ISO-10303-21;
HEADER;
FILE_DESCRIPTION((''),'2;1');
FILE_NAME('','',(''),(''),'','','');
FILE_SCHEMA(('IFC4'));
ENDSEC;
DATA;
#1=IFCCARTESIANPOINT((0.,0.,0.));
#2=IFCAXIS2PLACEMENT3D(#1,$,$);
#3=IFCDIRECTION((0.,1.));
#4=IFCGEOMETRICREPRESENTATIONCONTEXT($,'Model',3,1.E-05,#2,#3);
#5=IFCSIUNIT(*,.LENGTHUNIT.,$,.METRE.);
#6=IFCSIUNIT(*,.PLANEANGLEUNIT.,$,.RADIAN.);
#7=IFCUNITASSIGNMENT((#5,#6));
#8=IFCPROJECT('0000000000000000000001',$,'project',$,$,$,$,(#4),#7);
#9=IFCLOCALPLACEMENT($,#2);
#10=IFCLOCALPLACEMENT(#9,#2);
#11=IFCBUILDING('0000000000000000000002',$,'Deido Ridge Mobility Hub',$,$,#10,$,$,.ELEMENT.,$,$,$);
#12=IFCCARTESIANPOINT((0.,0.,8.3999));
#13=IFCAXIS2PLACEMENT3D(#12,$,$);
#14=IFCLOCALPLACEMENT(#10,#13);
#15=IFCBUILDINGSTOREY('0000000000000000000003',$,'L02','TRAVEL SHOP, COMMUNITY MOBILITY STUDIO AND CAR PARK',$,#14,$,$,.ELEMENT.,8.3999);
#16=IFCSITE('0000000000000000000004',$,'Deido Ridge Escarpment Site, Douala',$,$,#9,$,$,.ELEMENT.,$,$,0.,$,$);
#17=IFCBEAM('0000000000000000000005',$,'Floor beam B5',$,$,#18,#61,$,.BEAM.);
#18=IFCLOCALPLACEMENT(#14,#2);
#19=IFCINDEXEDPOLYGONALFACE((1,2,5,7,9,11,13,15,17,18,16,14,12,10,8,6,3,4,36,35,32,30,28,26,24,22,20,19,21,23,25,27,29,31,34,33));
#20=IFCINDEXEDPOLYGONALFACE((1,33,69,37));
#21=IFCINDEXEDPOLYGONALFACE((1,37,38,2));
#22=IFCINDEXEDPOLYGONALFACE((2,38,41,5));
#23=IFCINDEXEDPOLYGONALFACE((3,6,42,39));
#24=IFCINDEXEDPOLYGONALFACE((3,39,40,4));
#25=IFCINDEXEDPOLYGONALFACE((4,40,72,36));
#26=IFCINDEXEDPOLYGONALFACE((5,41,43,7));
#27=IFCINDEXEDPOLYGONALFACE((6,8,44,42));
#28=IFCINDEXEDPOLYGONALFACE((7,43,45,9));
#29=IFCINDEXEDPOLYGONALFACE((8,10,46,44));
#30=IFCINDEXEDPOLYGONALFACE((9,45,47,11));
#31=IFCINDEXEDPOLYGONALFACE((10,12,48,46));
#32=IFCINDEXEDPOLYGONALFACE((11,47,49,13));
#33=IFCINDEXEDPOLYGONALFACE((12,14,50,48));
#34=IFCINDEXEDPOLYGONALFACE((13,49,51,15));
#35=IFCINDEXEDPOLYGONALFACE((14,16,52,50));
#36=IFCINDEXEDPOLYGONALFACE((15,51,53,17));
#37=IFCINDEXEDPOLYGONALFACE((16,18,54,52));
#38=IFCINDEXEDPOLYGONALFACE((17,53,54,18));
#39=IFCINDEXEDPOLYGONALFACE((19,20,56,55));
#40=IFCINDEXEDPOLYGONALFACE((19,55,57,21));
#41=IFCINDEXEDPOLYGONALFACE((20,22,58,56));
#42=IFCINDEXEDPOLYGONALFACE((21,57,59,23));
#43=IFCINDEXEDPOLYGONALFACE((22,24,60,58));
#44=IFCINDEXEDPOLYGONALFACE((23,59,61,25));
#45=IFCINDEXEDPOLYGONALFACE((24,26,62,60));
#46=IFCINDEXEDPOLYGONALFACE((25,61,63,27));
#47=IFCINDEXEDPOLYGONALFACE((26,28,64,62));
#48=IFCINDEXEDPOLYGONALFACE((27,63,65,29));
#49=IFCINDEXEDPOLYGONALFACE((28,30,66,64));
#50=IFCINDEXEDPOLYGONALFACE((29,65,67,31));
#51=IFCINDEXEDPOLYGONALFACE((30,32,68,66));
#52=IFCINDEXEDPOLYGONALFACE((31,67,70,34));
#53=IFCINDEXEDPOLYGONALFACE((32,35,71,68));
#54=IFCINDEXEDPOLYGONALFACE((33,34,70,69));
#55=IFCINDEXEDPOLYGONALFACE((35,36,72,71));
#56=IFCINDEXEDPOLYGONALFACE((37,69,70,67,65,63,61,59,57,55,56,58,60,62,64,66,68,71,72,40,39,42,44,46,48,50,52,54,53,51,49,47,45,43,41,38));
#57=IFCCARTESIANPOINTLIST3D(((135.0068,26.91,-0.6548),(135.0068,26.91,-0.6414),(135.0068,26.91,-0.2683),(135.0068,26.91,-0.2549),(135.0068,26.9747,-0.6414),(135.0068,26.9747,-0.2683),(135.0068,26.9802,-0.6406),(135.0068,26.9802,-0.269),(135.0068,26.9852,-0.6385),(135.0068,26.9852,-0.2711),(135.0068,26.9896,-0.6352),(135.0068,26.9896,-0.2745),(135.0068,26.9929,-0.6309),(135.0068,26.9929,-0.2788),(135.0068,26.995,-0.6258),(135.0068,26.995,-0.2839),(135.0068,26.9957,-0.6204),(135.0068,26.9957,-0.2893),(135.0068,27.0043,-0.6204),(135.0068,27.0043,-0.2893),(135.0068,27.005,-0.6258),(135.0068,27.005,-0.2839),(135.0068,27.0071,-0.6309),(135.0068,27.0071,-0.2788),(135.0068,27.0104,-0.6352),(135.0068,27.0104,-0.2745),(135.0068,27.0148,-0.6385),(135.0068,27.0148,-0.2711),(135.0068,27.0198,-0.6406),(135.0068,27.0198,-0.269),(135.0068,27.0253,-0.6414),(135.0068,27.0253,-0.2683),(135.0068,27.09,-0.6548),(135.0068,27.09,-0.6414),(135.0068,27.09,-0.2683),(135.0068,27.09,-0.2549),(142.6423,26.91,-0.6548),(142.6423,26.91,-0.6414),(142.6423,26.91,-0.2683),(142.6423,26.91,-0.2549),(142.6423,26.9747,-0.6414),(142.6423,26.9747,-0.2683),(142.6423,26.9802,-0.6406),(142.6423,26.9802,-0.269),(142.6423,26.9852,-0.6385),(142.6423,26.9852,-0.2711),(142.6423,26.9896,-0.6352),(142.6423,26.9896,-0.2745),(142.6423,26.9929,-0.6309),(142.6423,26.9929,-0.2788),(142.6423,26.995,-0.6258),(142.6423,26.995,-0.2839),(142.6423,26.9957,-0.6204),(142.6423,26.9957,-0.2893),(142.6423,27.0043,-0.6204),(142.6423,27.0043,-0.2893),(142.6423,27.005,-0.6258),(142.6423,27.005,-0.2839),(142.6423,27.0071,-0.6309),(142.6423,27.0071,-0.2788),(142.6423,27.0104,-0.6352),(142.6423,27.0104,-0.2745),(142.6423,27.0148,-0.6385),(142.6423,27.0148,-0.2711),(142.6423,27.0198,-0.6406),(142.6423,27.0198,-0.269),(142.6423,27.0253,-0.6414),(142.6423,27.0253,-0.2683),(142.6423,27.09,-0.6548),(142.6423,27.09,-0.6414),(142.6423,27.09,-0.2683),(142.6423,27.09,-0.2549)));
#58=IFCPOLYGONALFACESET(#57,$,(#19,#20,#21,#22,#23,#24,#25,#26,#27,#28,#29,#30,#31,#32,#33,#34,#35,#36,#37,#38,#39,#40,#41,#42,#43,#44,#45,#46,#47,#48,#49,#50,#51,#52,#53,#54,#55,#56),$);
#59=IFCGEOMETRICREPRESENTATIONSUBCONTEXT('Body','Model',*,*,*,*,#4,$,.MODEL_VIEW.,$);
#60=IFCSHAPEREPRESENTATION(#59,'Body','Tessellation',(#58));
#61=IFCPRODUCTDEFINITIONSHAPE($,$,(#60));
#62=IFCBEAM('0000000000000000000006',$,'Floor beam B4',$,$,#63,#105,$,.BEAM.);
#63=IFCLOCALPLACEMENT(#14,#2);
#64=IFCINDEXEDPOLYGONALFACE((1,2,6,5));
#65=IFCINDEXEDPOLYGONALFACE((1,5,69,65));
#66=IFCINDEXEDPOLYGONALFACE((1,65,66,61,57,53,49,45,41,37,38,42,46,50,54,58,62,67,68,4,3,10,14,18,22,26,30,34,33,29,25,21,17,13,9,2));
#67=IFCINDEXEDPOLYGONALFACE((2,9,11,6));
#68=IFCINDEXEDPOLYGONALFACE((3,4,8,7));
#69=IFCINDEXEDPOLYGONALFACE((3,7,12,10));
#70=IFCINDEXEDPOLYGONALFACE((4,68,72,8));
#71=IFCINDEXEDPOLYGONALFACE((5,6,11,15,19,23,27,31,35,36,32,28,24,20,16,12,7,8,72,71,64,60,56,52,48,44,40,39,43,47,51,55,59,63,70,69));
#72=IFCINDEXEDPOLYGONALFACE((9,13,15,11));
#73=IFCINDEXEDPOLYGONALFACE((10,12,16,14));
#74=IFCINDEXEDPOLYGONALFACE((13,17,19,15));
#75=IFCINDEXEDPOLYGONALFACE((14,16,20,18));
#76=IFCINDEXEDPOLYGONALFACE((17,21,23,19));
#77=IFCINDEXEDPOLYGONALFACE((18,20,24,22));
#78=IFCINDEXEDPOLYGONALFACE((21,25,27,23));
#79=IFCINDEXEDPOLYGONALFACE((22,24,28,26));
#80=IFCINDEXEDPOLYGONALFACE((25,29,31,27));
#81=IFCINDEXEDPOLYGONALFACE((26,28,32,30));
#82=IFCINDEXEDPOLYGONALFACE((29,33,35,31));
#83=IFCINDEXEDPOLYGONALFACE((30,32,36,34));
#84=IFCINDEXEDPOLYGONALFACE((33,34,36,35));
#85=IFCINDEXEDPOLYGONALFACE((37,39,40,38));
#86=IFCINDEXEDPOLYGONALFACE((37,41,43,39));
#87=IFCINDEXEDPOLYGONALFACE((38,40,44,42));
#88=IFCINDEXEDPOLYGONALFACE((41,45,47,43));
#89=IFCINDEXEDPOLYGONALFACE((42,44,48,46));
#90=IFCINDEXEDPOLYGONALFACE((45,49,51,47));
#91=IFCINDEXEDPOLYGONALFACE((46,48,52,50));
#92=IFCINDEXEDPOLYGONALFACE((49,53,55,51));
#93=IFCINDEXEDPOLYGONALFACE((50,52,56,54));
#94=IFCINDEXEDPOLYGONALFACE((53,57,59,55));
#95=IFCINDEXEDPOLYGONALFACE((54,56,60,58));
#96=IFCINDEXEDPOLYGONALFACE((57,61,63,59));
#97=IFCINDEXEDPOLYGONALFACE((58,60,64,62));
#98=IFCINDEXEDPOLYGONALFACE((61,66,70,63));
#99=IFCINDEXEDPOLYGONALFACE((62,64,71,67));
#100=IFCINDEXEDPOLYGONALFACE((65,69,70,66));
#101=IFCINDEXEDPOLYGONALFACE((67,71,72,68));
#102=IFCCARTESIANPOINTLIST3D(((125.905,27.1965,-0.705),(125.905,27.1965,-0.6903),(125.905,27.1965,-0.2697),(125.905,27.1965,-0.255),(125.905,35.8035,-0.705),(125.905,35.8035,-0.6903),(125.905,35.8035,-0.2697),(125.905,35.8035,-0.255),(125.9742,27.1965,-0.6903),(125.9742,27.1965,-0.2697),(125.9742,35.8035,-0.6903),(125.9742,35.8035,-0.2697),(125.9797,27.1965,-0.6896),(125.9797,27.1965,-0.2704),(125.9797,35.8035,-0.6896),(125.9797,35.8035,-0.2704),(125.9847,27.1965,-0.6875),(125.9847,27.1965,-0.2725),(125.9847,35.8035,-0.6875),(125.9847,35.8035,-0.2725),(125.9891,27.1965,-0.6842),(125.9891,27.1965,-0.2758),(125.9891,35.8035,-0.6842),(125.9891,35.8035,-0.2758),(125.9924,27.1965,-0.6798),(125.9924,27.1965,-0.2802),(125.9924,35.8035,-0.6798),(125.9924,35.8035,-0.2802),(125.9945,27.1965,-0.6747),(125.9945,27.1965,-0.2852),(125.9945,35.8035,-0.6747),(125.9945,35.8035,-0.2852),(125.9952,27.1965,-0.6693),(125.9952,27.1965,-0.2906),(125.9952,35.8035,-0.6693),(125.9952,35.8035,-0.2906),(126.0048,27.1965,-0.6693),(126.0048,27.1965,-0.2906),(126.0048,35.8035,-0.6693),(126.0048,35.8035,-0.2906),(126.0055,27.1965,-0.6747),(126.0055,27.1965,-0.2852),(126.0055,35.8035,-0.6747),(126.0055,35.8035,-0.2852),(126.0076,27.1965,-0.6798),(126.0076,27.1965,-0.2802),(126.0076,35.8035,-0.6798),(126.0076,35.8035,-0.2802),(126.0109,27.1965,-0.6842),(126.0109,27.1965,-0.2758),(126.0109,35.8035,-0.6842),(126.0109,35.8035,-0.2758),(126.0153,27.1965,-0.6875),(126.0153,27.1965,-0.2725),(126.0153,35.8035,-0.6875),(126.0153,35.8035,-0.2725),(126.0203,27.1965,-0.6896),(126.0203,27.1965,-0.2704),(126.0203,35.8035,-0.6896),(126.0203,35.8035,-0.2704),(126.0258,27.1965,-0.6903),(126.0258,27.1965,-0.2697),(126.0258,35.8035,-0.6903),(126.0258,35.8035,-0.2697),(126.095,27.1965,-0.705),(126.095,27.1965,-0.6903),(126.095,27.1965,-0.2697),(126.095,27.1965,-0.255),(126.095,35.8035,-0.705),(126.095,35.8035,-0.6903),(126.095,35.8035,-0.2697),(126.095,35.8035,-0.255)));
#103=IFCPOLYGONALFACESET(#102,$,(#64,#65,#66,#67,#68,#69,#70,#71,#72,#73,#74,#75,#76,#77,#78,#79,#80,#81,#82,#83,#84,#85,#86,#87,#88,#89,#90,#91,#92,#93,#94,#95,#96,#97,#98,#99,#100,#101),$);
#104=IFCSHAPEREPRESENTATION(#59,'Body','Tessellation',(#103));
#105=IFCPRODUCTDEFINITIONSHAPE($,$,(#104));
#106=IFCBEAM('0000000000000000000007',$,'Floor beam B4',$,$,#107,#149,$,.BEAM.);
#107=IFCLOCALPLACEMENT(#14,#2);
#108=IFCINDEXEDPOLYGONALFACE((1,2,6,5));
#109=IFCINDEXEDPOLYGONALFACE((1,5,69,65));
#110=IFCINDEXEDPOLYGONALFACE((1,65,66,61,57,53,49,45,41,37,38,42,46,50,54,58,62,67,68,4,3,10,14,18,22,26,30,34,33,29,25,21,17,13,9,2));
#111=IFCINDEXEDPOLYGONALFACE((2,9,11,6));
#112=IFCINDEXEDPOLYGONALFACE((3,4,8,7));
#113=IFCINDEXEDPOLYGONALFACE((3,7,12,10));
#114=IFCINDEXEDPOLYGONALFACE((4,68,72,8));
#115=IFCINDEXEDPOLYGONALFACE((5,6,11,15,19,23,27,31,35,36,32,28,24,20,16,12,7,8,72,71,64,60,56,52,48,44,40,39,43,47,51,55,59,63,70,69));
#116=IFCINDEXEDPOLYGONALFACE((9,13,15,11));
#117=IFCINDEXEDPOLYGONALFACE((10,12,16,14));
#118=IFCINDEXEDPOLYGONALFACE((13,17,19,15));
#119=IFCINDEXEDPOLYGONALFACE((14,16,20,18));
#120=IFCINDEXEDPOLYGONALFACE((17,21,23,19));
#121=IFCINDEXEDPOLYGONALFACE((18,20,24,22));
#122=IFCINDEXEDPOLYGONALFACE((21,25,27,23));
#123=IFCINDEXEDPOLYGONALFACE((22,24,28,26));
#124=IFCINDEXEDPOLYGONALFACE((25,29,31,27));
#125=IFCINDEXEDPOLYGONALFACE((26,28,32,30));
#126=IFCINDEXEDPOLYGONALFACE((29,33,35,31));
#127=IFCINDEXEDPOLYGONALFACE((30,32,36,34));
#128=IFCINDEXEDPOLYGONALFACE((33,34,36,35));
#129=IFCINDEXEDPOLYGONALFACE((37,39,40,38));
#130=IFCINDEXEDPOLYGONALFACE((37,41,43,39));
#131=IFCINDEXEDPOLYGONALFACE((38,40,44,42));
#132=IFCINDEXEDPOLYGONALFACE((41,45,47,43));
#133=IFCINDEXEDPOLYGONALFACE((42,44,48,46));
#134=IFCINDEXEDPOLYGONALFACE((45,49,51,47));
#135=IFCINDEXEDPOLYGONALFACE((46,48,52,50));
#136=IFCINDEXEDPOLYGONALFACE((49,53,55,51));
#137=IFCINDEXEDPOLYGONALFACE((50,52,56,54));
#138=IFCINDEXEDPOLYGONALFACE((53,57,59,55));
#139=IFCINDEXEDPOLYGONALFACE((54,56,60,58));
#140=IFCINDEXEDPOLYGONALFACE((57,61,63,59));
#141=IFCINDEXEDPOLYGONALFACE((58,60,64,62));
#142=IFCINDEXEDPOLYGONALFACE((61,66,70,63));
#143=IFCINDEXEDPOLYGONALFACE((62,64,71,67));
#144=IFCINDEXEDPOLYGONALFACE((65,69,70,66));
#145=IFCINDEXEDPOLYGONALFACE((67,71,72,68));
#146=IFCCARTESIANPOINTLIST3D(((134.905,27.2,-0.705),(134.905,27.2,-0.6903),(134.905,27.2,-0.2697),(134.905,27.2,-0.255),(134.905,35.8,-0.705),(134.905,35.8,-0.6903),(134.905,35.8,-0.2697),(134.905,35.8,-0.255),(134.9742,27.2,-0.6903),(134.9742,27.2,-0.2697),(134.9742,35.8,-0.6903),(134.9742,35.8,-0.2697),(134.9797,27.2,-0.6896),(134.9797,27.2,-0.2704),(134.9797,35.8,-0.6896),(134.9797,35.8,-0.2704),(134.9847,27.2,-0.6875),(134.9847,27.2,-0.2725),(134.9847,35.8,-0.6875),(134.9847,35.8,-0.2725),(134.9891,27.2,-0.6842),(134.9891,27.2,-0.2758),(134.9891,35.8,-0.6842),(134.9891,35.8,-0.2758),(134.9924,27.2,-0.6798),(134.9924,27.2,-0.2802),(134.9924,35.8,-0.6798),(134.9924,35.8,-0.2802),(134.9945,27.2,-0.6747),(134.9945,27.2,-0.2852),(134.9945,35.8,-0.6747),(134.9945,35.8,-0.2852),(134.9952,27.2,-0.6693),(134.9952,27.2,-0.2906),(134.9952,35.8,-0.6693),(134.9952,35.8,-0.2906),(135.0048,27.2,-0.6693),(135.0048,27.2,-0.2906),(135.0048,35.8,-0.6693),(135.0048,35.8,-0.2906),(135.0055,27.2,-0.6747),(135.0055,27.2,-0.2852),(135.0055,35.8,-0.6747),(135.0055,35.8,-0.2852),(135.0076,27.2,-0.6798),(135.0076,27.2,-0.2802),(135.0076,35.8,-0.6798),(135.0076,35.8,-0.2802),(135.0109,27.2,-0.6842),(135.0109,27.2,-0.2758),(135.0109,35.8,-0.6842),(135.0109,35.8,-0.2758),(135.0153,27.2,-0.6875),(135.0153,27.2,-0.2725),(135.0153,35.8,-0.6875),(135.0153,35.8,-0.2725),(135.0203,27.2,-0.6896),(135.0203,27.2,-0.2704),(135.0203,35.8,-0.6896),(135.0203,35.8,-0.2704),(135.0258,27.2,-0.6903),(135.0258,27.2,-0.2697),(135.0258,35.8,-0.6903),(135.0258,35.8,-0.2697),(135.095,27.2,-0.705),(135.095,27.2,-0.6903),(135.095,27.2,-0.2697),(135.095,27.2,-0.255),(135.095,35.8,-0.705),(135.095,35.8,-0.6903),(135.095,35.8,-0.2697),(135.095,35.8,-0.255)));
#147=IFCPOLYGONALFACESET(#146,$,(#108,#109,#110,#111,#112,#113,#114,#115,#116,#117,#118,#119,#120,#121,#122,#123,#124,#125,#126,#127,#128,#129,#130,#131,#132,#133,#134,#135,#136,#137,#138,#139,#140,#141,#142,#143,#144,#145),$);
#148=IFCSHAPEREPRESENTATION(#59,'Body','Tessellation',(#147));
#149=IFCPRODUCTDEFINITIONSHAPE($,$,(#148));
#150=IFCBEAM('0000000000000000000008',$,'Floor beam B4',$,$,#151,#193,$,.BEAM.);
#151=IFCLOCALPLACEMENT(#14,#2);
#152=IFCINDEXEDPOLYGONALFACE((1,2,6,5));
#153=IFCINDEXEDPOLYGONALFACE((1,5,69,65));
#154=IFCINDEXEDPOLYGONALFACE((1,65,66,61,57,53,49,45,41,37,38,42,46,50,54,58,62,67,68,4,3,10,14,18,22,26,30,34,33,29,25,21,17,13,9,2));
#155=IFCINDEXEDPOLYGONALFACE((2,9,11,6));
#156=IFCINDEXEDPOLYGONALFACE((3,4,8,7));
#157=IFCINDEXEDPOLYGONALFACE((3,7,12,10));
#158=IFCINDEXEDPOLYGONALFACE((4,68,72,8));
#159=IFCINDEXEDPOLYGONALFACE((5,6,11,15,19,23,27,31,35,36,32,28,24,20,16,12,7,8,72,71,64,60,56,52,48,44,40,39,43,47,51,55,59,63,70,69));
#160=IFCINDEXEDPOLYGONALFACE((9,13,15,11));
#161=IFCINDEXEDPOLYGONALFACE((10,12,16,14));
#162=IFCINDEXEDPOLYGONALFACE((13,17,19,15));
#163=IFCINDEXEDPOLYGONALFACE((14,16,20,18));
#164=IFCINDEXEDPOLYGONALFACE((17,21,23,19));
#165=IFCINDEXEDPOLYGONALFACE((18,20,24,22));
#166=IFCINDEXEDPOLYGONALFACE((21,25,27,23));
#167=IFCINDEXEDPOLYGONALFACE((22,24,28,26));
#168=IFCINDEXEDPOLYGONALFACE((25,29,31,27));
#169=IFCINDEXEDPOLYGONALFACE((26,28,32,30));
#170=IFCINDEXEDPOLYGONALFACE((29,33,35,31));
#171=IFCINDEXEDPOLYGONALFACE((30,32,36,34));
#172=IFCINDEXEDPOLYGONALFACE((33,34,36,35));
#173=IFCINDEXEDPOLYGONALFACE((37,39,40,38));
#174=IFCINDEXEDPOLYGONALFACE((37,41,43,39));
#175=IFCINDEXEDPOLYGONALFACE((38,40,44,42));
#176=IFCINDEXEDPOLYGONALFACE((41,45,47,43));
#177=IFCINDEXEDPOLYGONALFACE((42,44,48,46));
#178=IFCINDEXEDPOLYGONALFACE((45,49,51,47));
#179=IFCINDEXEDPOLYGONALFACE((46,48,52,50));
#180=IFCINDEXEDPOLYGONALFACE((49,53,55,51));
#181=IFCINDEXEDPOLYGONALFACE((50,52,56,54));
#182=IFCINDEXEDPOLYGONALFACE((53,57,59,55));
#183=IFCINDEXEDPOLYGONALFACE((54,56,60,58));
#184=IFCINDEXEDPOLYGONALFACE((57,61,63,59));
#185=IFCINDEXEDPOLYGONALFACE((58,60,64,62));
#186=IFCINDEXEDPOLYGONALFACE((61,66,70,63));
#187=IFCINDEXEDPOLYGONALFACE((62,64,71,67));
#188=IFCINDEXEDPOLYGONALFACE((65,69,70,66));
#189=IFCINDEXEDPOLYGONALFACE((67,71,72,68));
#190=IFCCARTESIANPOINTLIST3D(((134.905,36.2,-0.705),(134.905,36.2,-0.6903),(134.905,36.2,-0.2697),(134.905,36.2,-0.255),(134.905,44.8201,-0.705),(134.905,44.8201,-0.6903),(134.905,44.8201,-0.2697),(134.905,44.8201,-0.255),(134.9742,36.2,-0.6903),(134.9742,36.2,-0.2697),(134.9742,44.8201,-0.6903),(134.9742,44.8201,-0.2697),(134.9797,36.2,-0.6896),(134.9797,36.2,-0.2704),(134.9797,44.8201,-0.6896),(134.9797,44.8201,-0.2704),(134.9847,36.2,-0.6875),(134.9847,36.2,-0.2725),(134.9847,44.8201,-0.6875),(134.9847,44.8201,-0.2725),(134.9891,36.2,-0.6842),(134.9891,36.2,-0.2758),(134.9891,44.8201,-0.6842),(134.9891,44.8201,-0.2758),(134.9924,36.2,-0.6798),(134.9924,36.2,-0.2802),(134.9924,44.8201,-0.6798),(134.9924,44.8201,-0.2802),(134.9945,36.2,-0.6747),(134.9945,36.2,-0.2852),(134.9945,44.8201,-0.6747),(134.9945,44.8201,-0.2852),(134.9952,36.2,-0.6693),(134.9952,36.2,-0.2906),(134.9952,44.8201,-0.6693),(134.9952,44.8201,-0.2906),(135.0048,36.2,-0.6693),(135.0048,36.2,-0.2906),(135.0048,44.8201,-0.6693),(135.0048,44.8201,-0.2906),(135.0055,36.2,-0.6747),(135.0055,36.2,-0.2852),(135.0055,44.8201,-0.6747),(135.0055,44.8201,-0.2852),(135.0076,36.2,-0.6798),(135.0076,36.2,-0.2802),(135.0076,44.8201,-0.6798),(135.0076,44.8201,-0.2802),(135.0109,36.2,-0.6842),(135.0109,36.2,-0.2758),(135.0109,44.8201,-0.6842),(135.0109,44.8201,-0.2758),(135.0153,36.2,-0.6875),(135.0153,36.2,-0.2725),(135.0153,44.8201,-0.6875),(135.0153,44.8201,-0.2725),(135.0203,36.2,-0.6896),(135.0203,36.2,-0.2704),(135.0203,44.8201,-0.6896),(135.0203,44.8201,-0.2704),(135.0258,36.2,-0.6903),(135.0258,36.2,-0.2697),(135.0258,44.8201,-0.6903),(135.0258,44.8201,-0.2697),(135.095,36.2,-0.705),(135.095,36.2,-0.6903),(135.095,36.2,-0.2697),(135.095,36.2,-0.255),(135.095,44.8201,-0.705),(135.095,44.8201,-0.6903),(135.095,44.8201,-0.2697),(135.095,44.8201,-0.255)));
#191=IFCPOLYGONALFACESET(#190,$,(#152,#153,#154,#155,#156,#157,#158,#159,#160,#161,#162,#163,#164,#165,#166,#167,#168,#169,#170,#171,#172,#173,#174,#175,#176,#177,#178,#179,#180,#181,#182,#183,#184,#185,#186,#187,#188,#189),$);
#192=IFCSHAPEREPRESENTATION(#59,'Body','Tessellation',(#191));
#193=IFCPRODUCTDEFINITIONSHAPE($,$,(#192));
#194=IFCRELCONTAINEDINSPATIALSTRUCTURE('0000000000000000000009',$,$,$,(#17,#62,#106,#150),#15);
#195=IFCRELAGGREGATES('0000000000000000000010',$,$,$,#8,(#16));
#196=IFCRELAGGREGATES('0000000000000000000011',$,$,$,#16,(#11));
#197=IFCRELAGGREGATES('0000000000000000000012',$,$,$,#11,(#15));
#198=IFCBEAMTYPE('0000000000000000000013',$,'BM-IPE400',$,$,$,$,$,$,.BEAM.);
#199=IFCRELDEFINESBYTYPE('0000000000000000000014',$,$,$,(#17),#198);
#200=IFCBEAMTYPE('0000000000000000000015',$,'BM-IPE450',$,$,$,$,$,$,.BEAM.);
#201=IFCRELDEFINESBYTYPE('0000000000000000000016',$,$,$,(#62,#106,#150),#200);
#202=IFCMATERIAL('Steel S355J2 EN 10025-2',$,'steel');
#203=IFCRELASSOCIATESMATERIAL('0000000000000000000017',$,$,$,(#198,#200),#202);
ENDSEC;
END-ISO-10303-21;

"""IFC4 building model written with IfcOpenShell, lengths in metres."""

from ifc_helpers import new_model, si_unit, direction, frame, origin, origin_2d, place, context, subcontext, project, spatial, i_section, extrude, material, material_profile, profile_set, type_object, element, save


model = new_model("IFC4")

# Units and contexts
model_context = context("Model", 3, precision=1e-05, world=origin(), true_north=direction((0.0, 1.0)))
body_context = subcontext(model_context, "Body", "Model", "MODEL_VIEW")
ifc_project = project(units=[si_unit("LENGTHUNIT", "METRE"), si_unit("PLANEANGLEUNIT", "RADIAN")], contexts=[model_context])

# Site, building, storey
site_placement = place(None, origin())
site = spatial("IfcSite", under=ifc_project, at=site_placement, Name="Deido Ridge Escarpment Site, Douala", CompositionType="ELEMENT", RefElevation=0.0)
building_placement = place(site_placement, origin())
building = spatial("IfcBuilding", under=site, at=building_placement, Name="Deido Ridge Mobility Hub", CompositionType="ELEMENT")
storey_placement = place(building_placement, frame((0.0, 0.0, 8.3999)))
storey = spatial("IfcBuildingStorey", under=building, at=storey_placement, Name="L02", Description="TRAVEL SHOP, COMMUNITY MOBILITY STUDIO AND CAR PARK", CompositionType="ELEMENT", Elevation=8.3999)

# Shared definitions
ifc_material_1 = material(Name="Steel S355J2 EN 10025-2", Category="steel")

# Beams
ifc_material_profile_1 = material_profile(ifc_material_1, i_section(OverallWidth=0.1799, OverallDepth=0.3999, WebThickness=0.0085, FlangeThickness=0.0134, FilletRadius=0.021, at=origin_2d()), Name="IPE 400")
ifc_profile_set_1 = profile_set([ifc_material_profile_1], Name="Steel S355J2 EN 10025-2")
beam_type_1 = type_object("IfcBeamType", Name="BM-IPE400", PredefinedType="BEAM", material=ifc_profile_set_1)
beam_1_placement = place(storey_placement, frame((135.0068, 27.0, -0.4548), z_axis=(1.0, 0.0, 0.0), x_axis=(0.0, 1.0, 0.0)))
element("IfcBeam", 1, at=beam_1_placement, inside=storey, type_object=beam_type_1, Name="Floor beam B5", PredefinedType="BEAM", context=body_context, shape_type="SweptSolid", body=[
    extrude(i_section(OverallWidth=0.1799, OverallDepth=0.3999, WebThickness=0.0085, FlangeThickness=0.0134, FilletRadius=0.021, at=origin_2d()), origin(), (0.0, 0.0, 1.0), 7.6355),
])
ifc_material_profile_2 = material_profile(ifc_material_1, i_section(OverallWidth=0.1899, OverallDepth=0.45, WebThickness=0.0095, FlangeThickness=0.0146, FilletRadius=0.021, at=origin_2d()), Name="IPE 450")
ifc_profile_set_2 = profile_set([ifc_material_profile_2], Name="Steel S355J2 EN 10025-2")
beam_type_2 = type_object("IfcBeamType", Name="BM-IPE450", PredefinedType="BEAM", material=ifc_profile_set_2)
beam_2_placement = place(storey_placement, frame((126.0, 27.1965, -0.48), z_axis=(0.0, 1.0, 0.0), x_axis=(-1.0, 0.0, 0.0)))
element("IfcBeam", 2, at=beam_2_placement, inside=storey, type_object=beam_type_2, Name="Floor beam B4", PredefinedType="BEAM", context=body_context, shape_type="SweptSolid", body=[
    extrude(i_section(OverallWidth=0.1899, OverallDepth=0.45, WebThickness=0.0095, FlangeThickness=0.0146, FilletRadius=0.021, at=origin_2d()), origin(), (0.0, 0.0, 1.0), 8.6069),
])
beam_3_placement = place(storey_placement, frame((135.0, 27.2, -0.48), z_axis=(0.0, 1.0, 0.0), x_axis=(-1.0, 0.0, 0.0)))
element("IfcBeam", 3, at=beam_3_placement, inside=storey, type_object=beam_type_2, Name="Floor beam B4", PredefinedType="BEAM", context=body_context, shape_type="SweptSolid", body=[
    extrude(i_section(OverallWidth=0.1899, OverallDepth=0.45, WebThickness=0.0095, FlangeThickness=0.0146, FilletRadius=0.021, at=origin_2d()), origin(), (0.0, 0.0, 1.0), 8.6001),
])
beam_4_placement = place(storey_placement, frame((135.0, 36.2, -0.48), z_axis=(0.0, 1.0, 0.0), x_axis=(-1.0, 0.0, 0.0)))
element("IfcBeam", 4, at=beam_4_placement, inside=storey, type_object=beam_type_2, Name="Floor beam B4", PredefinedType="BEAM", context=body_context, shape_type="SweptSolid", body=[
    extrude(i_section(OverallWidth=0.1899, OverallDepth=0.45, WebThickness=0.0095, FlangeThickness=0.0146, FilletRadius=0.021, at=origin_2d()), origin(), (0.0, 0.0, 1.0), 8.6201),
])

save(model, "model.ifc")
